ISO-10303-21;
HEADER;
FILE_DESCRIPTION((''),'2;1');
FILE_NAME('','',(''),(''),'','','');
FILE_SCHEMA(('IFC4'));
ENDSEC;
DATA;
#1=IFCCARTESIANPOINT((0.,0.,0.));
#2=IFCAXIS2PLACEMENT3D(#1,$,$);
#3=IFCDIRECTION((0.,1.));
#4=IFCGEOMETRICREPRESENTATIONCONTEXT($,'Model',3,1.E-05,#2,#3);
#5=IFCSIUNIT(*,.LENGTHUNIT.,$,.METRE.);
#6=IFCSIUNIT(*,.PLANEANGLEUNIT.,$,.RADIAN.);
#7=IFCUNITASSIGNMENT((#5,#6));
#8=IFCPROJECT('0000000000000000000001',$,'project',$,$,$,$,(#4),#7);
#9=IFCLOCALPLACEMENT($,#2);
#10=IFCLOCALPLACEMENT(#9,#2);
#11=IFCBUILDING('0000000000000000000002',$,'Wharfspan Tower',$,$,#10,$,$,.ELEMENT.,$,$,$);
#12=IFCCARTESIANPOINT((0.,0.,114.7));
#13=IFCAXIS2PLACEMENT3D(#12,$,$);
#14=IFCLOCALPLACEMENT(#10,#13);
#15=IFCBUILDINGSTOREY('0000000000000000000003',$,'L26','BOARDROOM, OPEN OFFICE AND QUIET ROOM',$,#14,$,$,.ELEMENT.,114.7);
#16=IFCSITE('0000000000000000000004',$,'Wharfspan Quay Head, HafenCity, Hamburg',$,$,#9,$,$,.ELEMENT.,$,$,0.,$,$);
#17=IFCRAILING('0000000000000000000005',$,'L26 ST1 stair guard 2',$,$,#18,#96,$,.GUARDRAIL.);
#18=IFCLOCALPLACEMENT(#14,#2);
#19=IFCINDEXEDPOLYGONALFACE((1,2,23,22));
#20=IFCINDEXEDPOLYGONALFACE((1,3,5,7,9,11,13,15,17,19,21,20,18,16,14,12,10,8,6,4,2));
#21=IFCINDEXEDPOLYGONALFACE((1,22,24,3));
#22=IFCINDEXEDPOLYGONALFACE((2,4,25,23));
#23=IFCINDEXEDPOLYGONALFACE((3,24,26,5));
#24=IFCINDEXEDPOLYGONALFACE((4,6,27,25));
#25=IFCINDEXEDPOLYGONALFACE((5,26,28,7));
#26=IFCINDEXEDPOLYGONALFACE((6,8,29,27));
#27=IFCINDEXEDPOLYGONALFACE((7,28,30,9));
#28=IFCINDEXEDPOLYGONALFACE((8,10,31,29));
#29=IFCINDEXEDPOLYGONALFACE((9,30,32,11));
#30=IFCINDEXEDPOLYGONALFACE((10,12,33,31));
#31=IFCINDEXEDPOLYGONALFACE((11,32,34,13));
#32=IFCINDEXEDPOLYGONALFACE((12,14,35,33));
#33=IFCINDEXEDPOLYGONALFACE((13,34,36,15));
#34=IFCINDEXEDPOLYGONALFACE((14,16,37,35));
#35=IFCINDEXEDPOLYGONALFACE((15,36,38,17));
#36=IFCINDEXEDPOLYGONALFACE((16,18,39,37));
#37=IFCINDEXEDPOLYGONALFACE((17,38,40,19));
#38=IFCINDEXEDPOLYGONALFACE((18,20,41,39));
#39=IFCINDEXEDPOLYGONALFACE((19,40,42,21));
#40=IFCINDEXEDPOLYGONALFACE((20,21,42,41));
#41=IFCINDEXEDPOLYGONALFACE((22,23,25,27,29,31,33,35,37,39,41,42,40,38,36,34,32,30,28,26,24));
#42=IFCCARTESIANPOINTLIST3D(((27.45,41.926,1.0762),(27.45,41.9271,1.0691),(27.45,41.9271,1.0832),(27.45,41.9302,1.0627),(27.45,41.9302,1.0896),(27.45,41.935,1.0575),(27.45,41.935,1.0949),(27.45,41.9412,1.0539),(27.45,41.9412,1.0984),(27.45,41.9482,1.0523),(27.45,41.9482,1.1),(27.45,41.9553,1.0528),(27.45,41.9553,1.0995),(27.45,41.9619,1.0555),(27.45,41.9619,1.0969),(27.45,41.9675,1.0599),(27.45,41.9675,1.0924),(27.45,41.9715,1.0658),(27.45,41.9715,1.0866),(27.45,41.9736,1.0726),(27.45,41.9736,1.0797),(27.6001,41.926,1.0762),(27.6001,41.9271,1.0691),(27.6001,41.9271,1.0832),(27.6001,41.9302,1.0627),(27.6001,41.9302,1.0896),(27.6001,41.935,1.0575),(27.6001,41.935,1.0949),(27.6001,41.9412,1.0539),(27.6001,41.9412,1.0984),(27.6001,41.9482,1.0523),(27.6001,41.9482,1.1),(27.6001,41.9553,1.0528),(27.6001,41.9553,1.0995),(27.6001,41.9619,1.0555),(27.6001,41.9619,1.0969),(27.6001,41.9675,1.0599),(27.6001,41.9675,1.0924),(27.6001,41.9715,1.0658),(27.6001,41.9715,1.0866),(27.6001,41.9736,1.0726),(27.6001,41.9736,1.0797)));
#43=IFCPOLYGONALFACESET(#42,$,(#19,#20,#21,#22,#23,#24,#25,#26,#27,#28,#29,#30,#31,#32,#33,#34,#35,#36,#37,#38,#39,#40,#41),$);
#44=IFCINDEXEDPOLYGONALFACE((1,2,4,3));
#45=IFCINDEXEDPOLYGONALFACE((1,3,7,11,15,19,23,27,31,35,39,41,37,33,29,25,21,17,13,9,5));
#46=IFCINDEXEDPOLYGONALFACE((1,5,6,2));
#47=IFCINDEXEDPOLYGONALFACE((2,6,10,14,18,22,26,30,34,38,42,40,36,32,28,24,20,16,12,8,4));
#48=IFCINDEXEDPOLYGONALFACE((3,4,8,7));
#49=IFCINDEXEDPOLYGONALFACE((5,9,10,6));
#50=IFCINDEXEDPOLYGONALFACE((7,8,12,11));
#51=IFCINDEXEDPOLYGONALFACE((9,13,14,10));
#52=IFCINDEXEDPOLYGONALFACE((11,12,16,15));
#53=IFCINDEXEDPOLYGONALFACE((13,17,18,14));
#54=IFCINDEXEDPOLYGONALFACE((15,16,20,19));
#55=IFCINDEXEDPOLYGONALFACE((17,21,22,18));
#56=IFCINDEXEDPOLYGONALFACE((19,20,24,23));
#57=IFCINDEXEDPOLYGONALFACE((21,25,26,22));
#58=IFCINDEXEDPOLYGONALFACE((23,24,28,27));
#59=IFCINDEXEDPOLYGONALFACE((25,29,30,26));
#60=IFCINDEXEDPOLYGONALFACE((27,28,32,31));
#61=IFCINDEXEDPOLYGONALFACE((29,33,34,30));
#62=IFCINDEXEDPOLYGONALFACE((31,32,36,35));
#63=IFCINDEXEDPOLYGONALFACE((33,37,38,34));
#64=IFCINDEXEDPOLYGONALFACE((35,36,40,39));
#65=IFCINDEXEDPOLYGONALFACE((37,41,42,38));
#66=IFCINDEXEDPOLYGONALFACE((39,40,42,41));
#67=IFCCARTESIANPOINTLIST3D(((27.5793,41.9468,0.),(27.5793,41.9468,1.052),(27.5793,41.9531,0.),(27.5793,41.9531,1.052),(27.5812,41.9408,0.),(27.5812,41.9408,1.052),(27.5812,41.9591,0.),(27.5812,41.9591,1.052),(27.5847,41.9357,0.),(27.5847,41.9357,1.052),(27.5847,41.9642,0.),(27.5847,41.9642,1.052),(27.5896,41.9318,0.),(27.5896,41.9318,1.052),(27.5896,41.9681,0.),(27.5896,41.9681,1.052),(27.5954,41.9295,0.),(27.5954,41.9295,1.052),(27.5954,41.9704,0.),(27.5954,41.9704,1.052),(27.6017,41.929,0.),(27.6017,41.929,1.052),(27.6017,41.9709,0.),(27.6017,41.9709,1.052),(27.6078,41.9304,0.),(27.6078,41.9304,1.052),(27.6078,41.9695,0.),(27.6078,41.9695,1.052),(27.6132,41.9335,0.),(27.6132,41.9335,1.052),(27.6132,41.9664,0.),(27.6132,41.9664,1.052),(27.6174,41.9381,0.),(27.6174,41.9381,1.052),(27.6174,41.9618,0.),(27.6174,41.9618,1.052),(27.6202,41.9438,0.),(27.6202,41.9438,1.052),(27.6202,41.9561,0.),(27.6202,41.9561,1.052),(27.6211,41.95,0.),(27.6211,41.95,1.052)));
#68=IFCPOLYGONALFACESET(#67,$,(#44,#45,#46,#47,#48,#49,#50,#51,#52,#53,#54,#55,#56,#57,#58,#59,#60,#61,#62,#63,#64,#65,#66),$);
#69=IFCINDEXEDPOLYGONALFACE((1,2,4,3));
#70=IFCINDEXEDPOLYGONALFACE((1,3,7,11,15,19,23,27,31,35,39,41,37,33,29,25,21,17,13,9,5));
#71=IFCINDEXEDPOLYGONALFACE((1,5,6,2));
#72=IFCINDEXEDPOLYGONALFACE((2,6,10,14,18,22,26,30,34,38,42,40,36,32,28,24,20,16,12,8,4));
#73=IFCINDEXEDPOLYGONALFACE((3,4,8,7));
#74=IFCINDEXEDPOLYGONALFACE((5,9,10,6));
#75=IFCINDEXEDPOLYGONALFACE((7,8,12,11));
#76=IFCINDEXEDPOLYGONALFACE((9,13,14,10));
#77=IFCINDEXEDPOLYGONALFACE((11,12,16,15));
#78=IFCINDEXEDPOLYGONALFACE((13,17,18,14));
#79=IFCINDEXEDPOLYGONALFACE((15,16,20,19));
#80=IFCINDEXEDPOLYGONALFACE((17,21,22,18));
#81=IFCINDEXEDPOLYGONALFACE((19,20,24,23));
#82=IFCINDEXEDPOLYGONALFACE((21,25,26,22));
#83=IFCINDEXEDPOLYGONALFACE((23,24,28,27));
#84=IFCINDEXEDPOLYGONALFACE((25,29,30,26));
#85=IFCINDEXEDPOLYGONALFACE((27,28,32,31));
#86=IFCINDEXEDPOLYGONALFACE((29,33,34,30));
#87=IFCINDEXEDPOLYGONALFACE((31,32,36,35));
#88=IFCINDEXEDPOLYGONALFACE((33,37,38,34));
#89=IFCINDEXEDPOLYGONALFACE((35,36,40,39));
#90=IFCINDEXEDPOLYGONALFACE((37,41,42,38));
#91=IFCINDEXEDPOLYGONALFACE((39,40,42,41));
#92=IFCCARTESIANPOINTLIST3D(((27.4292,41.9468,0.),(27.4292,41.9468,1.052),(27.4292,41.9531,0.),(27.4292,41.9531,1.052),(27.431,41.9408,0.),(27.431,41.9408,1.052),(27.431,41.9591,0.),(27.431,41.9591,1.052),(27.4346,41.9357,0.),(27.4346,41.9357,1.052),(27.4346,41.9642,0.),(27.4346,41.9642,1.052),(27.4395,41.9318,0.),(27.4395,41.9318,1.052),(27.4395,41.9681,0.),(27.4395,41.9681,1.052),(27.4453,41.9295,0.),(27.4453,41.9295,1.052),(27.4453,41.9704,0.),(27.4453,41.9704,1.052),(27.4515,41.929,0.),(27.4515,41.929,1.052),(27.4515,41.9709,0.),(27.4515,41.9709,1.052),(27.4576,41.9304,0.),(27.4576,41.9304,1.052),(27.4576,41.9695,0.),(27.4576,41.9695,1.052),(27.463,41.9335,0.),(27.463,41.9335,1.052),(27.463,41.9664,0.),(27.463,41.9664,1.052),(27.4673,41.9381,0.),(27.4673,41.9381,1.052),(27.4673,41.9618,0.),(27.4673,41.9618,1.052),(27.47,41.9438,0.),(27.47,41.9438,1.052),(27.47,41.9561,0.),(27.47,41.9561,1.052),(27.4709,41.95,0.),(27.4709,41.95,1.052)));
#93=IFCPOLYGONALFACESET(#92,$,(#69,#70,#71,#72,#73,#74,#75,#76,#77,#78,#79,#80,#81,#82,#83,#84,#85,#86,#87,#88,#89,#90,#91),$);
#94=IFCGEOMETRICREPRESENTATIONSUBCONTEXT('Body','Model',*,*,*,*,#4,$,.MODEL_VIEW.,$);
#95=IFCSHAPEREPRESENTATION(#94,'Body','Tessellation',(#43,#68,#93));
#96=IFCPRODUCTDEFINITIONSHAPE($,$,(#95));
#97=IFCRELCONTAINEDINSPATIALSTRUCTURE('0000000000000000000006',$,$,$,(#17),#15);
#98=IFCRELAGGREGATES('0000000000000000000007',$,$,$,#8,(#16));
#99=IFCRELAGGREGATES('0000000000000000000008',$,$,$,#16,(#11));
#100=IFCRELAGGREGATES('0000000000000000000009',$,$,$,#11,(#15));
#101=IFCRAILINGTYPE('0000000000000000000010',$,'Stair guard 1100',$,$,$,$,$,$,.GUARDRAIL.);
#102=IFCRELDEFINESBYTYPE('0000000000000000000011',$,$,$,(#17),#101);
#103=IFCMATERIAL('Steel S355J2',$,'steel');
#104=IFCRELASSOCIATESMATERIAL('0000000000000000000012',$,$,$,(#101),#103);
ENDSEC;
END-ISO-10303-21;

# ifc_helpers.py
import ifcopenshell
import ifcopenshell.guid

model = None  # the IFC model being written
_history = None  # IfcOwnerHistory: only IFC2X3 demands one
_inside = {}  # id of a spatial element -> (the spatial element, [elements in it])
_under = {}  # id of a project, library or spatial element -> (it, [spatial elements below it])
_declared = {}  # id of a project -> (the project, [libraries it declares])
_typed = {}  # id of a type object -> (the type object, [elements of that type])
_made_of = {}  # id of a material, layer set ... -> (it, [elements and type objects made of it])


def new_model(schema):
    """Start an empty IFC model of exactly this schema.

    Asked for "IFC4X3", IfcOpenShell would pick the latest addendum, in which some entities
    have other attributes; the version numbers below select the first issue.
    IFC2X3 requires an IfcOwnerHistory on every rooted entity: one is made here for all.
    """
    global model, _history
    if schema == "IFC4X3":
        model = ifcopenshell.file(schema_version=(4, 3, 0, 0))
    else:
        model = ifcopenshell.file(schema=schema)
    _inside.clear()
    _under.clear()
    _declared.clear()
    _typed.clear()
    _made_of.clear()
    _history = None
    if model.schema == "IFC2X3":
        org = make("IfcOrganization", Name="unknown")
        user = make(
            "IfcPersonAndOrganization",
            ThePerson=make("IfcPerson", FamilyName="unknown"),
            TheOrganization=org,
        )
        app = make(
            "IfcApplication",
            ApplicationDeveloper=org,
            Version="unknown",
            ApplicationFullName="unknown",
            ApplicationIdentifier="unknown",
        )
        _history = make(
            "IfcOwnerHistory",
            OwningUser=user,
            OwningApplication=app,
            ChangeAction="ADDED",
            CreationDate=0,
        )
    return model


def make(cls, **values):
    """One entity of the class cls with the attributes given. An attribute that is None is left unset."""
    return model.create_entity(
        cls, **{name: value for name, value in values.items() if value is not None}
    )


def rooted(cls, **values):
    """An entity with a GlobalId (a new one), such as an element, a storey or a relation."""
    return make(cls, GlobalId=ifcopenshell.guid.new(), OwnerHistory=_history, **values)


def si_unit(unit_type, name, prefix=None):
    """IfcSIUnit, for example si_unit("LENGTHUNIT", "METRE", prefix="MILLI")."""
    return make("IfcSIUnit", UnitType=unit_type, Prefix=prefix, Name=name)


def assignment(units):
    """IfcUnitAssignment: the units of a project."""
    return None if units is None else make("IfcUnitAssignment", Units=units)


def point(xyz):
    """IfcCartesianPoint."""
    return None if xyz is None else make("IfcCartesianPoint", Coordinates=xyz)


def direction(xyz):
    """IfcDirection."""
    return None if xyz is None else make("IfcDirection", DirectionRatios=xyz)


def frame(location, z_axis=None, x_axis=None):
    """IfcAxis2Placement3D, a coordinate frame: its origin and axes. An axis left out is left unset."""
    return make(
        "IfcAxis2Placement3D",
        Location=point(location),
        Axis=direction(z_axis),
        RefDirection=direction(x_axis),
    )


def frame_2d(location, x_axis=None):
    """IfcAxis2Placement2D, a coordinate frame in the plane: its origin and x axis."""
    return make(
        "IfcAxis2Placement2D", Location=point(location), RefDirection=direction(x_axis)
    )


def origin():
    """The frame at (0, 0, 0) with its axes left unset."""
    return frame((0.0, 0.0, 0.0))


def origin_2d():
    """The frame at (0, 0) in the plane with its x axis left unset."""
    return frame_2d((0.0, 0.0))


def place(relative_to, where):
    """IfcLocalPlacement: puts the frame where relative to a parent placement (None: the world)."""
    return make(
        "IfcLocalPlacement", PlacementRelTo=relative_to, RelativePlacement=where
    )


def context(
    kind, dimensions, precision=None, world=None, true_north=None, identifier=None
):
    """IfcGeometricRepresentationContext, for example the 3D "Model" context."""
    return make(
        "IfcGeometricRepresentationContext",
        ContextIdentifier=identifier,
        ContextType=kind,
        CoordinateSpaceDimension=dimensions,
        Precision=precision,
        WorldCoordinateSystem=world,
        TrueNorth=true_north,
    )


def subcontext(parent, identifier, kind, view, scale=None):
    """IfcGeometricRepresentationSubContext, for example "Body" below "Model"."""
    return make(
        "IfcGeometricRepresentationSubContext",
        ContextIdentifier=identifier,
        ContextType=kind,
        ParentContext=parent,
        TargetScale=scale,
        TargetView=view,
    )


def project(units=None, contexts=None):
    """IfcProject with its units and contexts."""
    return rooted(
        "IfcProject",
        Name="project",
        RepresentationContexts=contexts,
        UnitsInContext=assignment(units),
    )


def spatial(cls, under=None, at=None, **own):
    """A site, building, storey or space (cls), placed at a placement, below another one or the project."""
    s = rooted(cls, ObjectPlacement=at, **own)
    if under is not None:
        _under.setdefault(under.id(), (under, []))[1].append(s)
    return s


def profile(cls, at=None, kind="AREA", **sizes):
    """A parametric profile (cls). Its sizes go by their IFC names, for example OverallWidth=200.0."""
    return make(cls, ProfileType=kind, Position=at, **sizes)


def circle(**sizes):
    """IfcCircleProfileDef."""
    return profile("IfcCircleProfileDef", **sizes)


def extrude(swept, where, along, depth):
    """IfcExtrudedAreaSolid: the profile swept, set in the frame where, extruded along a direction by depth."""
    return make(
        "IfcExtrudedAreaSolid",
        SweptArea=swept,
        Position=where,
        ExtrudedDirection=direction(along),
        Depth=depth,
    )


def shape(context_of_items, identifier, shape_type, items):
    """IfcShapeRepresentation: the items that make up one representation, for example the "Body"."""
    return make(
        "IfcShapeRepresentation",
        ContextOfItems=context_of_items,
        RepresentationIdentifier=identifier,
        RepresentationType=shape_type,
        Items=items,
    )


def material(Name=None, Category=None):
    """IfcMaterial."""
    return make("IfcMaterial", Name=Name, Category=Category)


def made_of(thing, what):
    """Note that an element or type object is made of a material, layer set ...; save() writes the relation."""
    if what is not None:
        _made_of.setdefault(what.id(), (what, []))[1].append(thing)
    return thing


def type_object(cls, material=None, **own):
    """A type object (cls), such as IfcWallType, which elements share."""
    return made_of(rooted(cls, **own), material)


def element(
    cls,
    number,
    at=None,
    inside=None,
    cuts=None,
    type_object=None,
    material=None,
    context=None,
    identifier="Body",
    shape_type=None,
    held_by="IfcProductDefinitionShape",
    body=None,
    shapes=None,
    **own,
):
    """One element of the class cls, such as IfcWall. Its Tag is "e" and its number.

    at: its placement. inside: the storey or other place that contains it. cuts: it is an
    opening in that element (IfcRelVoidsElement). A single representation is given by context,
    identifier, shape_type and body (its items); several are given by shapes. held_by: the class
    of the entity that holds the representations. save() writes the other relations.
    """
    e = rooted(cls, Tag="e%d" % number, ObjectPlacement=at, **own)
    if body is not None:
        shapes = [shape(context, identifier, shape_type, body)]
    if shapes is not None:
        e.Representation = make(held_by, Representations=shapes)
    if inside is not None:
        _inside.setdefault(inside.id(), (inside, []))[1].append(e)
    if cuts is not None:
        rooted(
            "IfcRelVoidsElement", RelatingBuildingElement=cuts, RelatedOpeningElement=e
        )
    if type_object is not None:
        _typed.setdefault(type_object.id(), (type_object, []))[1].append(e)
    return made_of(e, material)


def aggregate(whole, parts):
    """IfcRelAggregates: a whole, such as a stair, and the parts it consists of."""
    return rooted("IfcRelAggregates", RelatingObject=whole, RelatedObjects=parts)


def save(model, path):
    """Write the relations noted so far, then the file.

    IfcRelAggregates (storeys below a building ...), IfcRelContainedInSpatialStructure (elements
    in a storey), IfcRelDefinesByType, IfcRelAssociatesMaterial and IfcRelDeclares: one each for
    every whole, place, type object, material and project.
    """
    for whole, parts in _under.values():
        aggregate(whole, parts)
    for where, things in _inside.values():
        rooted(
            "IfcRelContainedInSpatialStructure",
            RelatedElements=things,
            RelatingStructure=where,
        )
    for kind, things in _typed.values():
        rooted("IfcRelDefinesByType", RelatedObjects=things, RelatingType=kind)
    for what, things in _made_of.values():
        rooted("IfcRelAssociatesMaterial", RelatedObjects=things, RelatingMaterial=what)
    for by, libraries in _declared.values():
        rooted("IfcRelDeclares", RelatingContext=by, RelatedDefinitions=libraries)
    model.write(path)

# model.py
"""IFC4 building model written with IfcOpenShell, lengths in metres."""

from ifc_helpers import new_model, si_unit, direction, frame, origin, origin_2d, place, context, subcontext, project, spatial, circle, extrude, material, type_object, element, save


model = new_model("IFC4")

# Units and contexts
model_context = context("Model", 3, precision=1e-05, world=origin(), true_north=direction((0.0, 1.0)))
body_context = subcontext(model_context, "Body", "Model", "MODEL_VIEW")
ifc_project = project(units=[si_unit("LENGTHUNIT", "METRE"), si_unit("PLANEANGLEUNIT", "RADIAN")], contexts=[model_context])

# Site, building, storey
site_placement = place(None, origin())
site = spatial("IfcSite", under=ifc_project, at=site_placement, Name="Wharfspan Quay Head, HafenCity, Hamburg", CompositionType="ELEMENT", RefElevation=0.0)
building_placement = place(site_placement, origin())
building = spatial("IfcBuilding", under=site, at=building_placement, Name="Wharfspan Tower", CompositionType="ELEMENT")
storey_placement = place(building_placement, frame((0.0, 0.0, 114.7)))
storey = spatial("IfcBuildingStorey", under=building, at=storey_placement, Name="L26", Description="BOARDROOM, OPEN OFFICE AND QUIET ROOM", CompositionType="ELEMENT", Elevation=114.7)

# Shared definitions
ifc_material_1 = material(Name="Steel S355J2", Category="steel")

# Railing
railing_type_1 = type_object("IfcRailingType", Name="Stair guard 1100", PredefinedType="GUARDRAIL", material=ifc_material_1)
railing_1_placement = place(storey_placement, frame((27.6001, 41.95, 0.0)))
element("IfcRailing", 1, at=railing_1_placement, inside=storey, type_object=railing_type_1, Name="L26 ST1 stair guard 2", PredefinedType="GUARDRAIL", context=body_context, shape_type="SweptSolid", body=[
    extrude(circle(Radius=0.0239, at=origin_2d()), frame((0.0, 0.0, 1.0762), z_axis=(-1.0, 0.0, 0.0), x_axis=(0.0, -1.0, 0.0)), (0.0, 0.0, 1.0), 0.1501),
    extrude(circle(Radius=0.021, at=origin_2d()), origin(), (0.0, 0.0, 1.0), 1.052),
    extrude(circle(Radius=0.021, at=origin_2d()), frame((-0.1501, 0.0, 0.0)), (0.0, 0.0, 1.0), 1.052),
])

save(model, "model.ifc")
